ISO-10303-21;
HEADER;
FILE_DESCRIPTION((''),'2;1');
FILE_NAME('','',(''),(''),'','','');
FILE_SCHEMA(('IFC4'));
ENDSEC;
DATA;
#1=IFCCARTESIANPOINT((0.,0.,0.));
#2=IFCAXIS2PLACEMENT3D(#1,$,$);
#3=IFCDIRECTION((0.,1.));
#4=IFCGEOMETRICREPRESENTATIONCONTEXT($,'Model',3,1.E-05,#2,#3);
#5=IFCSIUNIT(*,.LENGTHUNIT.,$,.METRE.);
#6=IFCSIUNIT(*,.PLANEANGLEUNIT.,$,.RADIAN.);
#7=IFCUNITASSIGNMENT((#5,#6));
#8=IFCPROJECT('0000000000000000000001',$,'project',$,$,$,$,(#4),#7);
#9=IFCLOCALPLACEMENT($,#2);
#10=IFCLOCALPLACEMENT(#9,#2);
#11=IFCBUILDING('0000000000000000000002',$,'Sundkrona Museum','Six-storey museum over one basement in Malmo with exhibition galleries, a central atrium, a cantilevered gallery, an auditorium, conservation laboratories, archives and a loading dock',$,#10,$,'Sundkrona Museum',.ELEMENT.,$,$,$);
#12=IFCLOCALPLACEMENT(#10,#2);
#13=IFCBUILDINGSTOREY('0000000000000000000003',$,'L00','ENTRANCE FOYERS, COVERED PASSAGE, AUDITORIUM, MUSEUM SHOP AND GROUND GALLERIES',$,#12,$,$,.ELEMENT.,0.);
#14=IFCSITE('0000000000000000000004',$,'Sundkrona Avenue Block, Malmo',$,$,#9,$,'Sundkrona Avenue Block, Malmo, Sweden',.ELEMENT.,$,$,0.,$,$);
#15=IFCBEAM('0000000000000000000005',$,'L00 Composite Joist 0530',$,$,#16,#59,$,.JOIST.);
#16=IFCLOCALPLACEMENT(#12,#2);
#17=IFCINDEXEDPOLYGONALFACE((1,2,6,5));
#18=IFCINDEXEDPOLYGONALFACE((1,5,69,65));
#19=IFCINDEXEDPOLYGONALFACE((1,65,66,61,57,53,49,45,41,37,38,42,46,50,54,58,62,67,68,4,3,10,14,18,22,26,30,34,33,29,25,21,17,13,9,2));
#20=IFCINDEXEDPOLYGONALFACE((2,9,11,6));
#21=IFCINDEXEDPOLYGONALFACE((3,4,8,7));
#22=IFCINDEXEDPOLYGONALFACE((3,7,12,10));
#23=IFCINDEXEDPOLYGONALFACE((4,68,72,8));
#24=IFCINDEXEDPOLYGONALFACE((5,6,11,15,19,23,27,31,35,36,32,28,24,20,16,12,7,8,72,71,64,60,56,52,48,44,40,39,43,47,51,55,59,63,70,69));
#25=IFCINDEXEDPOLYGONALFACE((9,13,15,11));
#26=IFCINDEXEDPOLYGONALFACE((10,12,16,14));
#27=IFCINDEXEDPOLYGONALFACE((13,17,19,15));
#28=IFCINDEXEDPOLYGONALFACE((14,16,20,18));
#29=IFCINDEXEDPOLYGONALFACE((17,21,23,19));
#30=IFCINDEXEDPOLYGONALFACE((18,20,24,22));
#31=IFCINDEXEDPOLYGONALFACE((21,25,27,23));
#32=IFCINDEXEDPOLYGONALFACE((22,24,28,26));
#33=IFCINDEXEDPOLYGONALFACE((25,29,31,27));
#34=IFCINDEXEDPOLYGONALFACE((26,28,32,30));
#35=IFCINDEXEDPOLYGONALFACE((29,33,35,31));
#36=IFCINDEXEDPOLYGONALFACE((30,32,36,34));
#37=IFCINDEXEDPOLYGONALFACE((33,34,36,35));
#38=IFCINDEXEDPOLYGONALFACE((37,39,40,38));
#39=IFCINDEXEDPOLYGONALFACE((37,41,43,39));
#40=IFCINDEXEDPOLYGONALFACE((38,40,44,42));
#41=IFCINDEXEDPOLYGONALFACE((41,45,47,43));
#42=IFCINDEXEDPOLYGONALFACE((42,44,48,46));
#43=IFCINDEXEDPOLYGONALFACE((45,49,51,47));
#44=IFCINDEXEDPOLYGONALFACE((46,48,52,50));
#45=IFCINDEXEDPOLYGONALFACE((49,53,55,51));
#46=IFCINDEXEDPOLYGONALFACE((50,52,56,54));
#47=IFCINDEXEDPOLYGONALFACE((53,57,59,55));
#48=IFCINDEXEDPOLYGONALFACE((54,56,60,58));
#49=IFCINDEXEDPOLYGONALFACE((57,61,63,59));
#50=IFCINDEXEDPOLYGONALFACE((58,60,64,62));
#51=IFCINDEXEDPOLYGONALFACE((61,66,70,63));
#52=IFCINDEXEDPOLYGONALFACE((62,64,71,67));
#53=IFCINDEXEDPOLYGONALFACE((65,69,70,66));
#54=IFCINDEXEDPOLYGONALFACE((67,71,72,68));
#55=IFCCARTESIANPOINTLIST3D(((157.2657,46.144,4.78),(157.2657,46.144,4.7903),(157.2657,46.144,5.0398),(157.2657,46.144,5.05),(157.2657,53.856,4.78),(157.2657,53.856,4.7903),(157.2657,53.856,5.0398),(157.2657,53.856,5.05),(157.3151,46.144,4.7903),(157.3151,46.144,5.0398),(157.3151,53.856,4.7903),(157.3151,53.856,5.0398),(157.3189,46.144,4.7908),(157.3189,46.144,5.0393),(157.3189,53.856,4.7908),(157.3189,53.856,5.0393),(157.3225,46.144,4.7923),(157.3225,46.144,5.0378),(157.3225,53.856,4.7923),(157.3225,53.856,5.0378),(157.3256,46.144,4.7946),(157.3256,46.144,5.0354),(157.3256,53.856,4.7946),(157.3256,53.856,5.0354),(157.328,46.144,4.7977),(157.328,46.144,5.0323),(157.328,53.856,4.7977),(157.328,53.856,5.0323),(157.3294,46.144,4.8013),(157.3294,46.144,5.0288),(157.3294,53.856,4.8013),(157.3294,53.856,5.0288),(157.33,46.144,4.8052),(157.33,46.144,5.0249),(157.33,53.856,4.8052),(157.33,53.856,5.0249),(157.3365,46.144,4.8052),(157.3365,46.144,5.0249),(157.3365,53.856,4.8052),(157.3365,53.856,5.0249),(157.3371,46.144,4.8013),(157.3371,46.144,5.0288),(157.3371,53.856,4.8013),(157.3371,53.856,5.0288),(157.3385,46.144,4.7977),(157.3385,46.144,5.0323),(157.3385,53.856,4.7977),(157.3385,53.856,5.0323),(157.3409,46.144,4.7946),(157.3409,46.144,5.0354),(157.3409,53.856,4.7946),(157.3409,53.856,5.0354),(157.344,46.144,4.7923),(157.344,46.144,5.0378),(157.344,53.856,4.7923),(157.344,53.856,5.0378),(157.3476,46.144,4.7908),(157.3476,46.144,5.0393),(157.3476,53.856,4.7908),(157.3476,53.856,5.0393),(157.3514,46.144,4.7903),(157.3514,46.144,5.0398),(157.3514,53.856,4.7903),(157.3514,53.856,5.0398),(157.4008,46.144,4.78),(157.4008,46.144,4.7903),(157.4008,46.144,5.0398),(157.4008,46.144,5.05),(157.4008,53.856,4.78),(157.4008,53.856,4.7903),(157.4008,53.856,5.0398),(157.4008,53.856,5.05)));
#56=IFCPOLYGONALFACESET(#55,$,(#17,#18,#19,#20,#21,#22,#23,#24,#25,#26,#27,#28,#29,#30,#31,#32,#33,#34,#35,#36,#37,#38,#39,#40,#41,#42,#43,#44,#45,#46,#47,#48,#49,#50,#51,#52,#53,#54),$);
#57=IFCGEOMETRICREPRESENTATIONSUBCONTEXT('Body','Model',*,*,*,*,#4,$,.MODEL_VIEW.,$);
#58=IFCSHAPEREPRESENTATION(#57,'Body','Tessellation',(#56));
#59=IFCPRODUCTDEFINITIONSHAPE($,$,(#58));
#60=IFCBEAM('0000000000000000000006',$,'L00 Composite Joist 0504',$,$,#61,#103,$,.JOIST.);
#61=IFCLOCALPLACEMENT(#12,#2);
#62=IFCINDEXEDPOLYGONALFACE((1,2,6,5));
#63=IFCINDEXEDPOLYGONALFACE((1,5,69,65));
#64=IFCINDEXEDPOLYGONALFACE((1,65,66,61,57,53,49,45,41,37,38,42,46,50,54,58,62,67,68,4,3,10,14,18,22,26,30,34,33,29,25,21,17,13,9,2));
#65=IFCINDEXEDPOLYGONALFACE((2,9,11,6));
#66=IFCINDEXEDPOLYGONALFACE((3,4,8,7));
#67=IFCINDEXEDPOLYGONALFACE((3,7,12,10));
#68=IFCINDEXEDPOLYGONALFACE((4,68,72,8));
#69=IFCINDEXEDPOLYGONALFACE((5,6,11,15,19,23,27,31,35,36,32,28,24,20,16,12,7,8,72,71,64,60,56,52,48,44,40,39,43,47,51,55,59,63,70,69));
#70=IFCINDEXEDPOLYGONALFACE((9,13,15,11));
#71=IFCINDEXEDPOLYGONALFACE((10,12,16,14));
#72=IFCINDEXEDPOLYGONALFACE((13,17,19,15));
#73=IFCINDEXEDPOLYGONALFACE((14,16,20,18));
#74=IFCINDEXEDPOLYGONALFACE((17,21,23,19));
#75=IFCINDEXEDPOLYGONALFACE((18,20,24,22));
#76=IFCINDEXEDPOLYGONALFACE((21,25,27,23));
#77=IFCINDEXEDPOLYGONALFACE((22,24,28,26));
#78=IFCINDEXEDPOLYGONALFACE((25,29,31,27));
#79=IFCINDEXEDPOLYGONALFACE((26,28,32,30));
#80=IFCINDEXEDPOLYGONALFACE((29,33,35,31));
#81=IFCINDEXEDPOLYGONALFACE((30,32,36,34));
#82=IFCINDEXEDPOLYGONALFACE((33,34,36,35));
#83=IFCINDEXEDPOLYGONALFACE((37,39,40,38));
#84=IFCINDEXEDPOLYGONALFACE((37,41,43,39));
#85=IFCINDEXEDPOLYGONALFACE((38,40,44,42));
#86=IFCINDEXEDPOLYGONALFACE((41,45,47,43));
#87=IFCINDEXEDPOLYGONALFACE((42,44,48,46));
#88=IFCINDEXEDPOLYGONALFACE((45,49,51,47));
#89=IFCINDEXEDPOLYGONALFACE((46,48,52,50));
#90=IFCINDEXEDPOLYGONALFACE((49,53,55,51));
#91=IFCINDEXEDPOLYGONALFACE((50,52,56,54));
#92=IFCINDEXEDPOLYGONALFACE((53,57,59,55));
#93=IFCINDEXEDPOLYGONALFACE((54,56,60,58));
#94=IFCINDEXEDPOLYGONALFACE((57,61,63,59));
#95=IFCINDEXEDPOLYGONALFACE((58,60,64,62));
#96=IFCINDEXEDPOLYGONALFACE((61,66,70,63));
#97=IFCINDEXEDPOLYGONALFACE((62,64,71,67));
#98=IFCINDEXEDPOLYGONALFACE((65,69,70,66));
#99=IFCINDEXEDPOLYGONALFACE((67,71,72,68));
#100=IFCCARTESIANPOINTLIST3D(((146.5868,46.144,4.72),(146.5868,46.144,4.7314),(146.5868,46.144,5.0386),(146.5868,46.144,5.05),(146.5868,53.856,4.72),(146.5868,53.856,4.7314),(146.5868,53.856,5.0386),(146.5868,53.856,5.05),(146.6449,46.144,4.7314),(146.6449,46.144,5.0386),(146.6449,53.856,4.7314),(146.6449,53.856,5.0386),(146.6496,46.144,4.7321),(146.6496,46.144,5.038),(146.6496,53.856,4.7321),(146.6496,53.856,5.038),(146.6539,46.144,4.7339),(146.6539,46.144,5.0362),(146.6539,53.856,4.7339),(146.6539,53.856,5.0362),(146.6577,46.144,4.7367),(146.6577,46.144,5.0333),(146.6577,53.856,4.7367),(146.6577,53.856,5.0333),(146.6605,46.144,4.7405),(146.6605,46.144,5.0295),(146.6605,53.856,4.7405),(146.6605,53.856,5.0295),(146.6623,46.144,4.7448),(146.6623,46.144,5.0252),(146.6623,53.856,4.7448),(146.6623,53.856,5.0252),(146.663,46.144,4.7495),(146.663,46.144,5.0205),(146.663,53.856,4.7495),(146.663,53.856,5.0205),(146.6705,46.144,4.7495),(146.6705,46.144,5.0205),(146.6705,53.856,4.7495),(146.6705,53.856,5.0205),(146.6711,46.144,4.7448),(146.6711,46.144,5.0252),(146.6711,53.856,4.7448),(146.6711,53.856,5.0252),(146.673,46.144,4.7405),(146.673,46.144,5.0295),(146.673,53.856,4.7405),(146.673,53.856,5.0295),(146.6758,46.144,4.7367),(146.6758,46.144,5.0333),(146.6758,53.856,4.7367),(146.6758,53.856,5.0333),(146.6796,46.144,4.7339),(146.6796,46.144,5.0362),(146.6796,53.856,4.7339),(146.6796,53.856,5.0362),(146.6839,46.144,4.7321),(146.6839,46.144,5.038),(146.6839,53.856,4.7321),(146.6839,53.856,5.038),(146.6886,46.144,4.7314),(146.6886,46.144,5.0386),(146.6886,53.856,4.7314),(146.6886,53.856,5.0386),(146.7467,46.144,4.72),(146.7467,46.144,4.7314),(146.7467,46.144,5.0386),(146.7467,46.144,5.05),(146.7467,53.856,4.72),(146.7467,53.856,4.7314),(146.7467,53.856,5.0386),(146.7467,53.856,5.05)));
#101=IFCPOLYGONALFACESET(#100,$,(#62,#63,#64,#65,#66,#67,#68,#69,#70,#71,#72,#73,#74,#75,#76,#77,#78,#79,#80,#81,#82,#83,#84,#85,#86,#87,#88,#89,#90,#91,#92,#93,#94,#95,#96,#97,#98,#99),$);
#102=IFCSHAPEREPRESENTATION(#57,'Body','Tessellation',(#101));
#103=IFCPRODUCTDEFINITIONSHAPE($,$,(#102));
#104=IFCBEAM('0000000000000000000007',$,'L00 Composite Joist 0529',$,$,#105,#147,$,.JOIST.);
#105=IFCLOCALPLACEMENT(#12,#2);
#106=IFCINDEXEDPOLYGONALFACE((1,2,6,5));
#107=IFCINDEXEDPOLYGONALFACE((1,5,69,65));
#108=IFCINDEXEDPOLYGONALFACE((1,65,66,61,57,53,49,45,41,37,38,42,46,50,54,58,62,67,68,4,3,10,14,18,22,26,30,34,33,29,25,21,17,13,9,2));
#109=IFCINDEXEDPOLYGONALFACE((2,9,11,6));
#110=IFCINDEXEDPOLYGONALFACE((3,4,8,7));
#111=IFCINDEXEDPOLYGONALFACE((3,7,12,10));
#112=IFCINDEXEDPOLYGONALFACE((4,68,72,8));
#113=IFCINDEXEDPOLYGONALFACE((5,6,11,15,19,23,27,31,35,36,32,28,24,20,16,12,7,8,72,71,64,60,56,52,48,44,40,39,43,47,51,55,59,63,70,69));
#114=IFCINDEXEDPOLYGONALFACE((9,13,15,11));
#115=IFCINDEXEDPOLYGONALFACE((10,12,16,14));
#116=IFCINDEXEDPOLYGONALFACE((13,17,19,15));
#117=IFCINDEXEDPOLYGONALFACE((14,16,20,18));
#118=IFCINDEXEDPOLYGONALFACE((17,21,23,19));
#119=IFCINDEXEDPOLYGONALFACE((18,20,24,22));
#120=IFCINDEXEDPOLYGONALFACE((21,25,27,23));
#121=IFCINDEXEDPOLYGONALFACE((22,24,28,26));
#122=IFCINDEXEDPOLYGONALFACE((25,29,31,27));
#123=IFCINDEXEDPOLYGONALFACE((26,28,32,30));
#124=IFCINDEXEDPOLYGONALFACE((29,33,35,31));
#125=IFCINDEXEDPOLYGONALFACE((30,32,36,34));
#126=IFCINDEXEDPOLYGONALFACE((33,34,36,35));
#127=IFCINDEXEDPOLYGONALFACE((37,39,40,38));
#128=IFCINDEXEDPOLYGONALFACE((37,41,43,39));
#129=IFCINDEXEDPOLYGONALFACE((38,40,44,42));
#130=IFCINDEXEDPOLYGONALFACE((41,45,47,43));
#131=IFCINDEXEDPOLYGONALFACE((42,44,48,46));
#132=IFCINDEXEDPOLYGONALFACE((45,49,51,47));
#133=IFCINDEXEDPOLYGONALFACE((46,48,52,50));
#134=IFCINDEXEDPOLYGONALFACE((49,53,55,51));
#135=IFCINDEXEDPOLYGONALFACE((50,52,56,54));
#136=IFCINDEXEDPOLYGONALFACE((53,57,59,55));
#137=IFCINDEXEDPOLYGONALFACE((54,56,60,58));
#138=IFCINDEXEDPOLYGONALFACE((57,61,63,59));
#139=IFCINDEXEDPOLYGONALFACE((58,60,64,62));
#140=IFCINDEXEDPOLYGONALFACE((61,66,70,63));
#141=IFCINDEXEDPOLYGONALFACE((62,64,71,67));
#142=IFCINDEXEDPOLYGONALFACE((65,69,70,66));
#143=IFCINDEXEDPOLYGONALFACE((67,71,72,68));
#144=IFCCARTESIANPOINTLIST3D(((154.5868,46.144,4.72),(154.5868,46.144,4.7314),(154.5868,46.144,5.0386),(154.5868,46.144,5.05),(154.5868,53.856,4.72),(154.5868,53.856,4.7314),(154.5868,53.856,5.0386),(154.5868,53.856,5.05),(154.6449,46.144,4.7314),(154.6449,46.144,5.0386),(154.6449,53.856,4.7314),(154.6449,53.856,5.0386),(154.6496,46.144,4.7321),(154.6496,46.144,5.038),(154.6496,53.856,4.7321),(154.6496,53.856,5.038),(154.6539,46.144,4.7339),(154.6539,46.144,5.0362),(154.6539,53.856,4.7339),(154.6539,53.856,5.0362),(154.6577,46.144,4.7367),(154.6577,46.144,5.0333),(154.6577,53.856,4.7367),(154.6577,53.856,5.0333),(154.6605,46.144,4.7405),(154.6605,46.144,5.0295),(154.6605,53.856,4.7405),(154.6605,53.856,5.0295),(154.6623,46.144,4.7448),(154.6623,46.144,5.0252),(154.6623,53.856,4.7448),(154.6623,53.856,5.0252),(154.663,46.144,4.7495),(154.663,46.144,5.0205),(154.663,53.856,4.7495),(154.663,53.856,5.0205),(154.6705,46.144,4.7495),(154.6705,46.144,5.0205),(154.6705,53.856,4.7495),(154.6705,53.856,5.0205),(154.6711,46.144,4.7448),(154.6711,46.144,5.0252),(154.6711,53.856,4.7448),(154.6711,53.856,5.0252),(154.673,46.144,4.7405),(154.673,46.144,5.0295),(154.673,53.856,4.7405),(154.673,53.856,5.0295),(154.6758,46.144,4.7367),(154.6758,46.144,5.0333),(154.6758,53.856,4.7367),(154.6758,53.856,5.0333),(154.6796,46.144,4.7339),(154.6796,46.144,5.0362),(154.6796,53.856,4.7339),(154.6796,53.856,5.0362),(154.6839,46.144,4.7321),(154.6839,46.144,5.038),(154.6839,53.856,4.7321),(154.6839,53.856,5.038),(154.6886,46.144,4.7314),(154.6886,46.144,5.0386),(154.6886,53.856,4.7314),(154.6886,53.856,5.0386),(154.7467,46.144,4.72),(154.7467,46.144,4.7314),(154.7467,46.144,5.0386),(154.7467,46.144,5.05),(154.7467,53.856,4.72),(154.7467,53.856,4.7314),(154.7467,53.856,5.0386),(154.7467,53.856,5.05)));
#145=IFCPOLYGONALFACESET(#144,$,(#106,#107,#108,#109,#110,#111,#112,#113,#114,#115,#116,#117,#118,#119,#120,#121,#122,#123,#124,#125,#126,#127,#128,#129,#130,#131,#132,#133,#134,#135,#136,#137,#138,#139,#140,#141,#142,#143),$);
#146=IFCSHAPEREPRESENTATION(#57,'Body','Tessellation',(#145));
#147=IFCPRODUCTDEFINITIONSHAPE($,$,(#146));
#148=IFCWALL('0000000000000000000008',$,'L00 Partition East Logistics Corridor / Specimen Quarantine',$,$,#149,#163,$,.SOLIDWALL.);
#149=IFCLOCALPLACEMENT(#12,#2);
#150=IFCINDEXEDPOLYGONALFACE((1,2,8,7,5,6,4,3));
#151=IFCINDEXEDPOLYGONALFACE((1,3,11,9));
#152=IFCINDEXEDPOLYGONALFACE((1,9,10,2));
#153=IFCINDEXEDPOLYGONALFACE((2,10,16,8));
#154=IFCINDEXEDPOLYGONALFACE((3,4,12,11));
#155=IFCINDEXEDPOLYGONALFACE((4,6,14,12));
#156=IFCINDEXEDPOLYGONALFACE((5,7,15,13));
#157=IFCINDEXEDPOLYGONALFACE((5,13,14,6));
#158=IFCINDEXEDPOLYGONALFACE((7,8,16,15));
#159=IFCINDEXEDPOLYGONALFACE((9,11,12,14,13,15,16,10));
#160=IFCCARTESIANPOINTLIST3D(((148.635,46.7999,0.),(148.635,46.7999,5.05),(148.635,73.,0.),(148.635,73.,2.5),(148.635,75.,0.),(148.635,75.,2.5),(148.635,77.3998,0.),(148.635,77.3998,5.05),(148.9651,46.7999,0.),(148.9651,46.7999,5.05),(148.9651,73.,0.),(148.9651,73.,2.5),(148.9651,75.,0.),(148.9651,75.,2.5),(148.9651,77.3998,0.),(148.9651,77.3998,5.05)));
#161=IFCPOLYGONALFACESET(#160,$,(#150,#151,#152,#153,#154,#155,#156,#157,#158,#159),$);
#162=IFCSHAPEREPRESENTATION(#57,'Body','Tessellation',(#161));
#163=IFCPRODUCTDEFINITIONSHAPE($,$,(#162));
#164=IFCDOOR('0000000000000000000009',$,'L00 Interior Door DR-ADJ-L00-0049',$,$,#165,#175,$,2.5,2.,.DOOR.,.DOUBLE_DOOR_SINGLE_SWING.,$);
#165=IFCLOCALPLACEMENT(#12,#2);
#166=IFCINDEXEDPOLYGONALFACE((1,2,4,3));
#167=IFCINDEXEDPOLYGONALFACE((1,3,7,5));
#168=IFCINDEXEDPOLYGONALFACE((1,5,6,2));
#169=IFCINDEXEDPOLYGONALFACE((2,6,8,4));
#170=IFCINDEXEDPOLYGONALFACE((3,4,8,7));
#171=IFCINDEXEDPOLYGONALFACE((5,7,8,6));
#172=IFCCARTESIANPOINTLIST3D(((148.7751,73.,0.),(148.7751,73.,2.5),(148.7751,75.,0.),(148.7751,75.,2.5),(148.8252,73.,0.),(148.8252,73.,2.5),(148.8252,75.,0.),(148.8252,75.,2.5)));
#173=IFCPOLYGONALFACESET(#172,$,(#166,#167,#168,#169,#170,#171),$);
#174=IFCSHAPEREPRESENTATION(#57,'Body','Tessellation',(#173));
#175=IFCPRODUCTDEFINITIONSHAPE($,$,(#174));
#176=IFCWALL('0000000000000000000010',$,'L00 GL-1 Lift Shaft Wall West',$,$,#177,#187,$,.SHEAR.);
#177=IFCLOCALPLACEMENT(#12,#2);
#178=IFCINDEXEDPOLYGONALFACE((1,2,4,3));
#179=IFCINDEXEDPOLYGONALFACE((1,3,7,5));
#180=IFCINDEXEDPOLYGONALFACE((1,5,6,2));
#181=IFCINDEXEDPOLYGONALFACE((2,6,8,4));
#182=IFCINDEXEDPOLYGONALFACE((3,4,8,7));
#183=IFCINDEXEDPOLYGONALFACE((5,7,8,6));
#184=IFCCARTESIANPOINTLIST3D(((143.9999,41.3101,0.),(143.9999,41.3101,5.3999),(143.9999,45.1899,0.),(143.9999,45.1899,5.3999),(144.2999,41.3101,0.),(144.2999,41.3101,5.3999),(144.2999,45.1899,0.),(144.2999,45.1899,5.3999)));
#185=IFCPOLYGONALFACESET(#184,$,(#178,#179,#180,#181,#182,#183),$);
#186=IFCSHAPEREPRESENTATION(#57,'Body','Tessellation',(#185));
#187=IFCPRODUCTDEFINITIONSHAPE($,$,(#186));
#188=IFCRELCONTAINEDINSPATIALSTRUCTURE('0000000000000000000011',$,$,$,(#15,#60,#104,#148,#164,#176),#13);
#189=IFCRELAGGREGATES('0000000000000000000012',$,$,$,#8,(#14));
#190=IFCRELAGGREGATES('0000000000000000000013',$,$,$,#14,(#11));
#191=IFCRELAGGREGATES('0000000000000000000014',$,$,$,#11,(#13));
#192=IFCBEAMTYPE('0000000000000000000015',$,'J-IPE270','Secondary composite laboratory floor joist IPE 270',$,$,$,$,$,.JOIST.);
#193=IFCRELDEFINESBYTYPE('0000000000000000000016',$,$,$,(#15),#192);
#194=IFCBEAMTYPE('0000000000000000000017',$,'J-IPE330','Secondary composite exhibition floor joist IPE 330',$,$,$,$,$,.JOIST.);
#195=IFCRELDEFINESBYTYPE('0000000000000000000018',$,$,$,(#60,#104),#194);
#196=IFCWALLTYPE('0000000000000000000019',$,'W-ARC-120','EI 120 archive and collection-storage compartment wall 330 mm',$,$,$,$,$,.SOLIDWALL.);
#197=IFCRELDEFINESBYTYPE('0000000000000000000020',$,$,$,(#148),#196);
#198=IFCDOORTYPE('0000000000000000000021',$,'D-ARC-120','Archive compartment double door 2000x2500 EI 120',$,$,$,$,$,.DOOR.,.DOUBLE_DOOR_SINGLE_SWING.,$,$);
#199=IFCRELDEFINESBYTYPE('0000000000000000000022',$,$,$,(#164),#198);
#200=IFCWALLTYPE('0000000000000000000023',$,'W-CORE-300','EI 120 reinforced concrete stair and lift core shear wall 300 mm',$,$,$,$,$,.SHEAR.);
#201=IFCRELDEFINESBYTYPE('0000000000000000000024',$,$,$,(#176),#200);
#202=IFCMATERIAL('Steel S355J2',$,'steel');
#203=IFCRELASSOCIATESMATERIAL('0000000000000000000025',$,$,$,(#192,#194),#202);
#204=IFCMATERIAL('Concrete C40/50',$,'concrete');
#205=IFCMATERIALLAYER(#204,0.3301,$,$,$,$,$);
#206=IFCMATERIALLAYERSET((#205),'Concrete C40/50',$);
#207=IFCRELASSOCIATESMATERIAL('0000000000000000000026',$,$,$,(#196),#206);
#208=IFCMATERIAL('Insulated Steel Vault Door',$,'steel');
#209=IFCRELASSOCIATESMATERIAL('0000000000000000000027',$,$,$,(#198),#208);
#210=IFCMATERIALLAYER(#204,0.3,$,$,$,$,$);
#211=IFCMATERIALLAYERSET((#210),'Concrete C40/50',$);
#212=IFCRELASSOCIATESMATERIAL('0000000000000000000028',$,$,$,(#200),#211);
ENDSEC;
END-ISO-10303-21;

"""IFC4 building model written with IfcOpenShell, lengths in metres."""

from ifc_helpers import new_model, si_unit, direction, frame, frame_2d, origin, origin_2d, place, context, subcontext, project, spatial, rectangle, i_section, extrude, material, layer, layer_set, material_profile, profile_set, type_object, element, fill, save


model = new_model("IFC4")

# Units and contexts
model_context = context("Model", 3, precision=1e-05, world=origin(), true_north=direction((0.0, 1.0)))
body_context = subcontext(model_context, "Body", "Model", "MODEL_VIEW")
ifc_project = project(units=[si_unit("LENGTHUNIT", "METRE"), si_unit("PLANEANGLEUNIT", "RADIAN")], contexts=[model_context])

# Site, building, storey
site_placement = place(None, origin())
site = spatial("IfcSite", under=ifc_project, at=site_placement, Name="Sundkrona Avenue Block, Malmo", LongName="Sundkrona Avenue Block, Malmo, Sweden", CompositionType="ELEMENT", RefElevation=0.0)
building_placement = place(site_placement, origin())
building = spatial("IfcBuilding", under=site, at=building_placement, Name="Sundkrona Museum", Description="Six-storey museum over one basement in Malmo with exhibition galleries, a central atrium, a cantilevered gallery, an auditorium, conservation laboratories, archives and a loading dock", LongName="Sundkrona Museum", CompositionType="ELEMENT")
storey_placement = place(building_placement, origin())
storey = spatial("IfcBuildingStorey", under=building, at=storey_placement, Name="L00", Description="ENTRANCE FOYERS, COVERED PASSAGE, AUDITORIUM, MUSEUM SHOP AND GROUND GALLERIES", CompositionType="ELEMENT", Elevation=0.0)

# Shared definitions
ifc_material_1 = material(Name="Steel S355J2", Category="steel")

# Beams
ifc_material_profile_1 = material_profile(ifc_material_1, i_section(OverallWidth=0.135, OverallDepth=0.27, WebThickness=0.0066, FlangeThickness=0.0103, FilletRadius=0.0149, at=origin_2d()), Name="IPE 270")
ifc_profile_set_1 = profile_set([ifc_material_profile_1], Name="Steel S355J2")
beam_type_1 = type_object("IfcBeamType", Name="J-IPE270", Description="Secondary composite laboratory floor joist IPE 270", PredefinedType="JOIST", material=ifc_profile_set_1)
beam_1_placement = place(storey_placement, frame((157.3333, 46.144, 4.915), z_axis=(0.0, 1.0, 0.0), x_axis=(-1.0, 0.0, 0.0)))
element("IfcBeam", 1, at=beam_1_placement, inside=storey, type_object=beam_type_1, Name="L00 Composite Joist 0530", PredefinedType="JOIST", context=body_context, shape_type="SweptSolid", body=[
    extrude(i_section(OverallWidth=0.135, OverallDepth=0.27, WebThickness=0.0066, FlangeThickness=0.0103, FilletRadius=0.0149, at=origin_2d()), origin(), (0.0, 0.0, 1.0), 7.7119),
])
ifc_material_profile_2 = material_profile(ifc_material_1, i_section(OverallWidth=0.1599, OverallDepth=0.3301, WebThickness=0.0076, FlangeThickness=0.0115, FilletRadius=0.0181, at=origin_2d()), Name="IPE 330")
ifc_profile_set_2 = profile_set([ifc_material_profile_2], Name="Steel S355J2")
beam_type_2 = type_object("IfcBeamType", Name="J-IPE330", Description="Secondary composite exhibition floor joist IPE 330", PredefinedType="JOIST", material=ifc_profile_set_2)
for number, where, z_axis, x_axis, name in (
    (2, (146.6667, 46.144, 4.885), (0.0, 1.0, 0.0), (-1.0, 0.0, 0.0), "L00 Composite Joist 0504"),
    (3, (154.6667, 46.144, 4.885), (0.0, 1.0, 0.0), (-1.0, 0.0, 0.0), "L00 Composite Joist 0529"),
):
    element("IfcBeam", number, at=place(storey_placement, frame(where, z_axis=z_axis, x_axis=x_axis)), inside=storey, type_object=beam_type_2, Name=name, PredefinedType="JOIST", context=body_context, shape_type="SweptSolid", body=[
        extrude(i_section(OverallWidth=0.1599, OverallDepth=0.3301, WebThickness=0.0076, FlangeThickness=0.0115, FilletRadius=0.0181, at=origin_2d()), origin(), (0.0, 0.0, 1.0), 7.7119),
    ])

# Wall, opening, door
ifc_material_2 = material(Name="Concrete C40/50", Category="concrete")
ifc_layer_1 = layer(ifc_material_2, 0.3301)
ifc_layer_set_1 = layer_set([ifc_layer_1], Name="Concrete C40/50")
wall_type_1 = type_object("IfcWallType", Name="W-ARC-120", Description="EI 120 archive and collection-storage compartment wall 330 mm", PredefinedType="SOLIDWALL", material=ifc_layer_set_1)
wall_1_placement = place(storey_placement, frame((148.8, 46.8, 0.0), z_axis=(0.0, 0.0, 1.0), x_axis=(0.0, 1.0, 0.0)))
wall_1 = element("IfcWall", 4, at=wall_1_placement, inside=storey, type_object=wall_type_1, Name="L00 Partition East Logistics Corridor / Specimen Quarantine", PredefinedType="SOLIDWALL", context=body_context, shape_type="SweptSolid", body=[
    extrude(rectangle(XDim=30.5999, YDim=0.3301, at=frame_2d((15.2998, 0.0))), origin(), (0.0, 0.0, 1.0), 5.05),
])
opening_1_placement = place(wall_1_placement, frame((26.2, 0.0, 0.0)))
opening_1 = element("IfcOpeningElement", 5, at=opening_1_placement, cuts=wall_1, PredefinedType="OPENING", context=body_context, shape_type="SweptSolid", body=[
    extrude(rectangle(XDim=2.0, YDim=2.5, at=frame_2d((1.0, 1.25))), frame((0.0, 0.175, 0.0), z_axis=(0.0, -1.0, 0.0), x_axis=(1.0, 0.0, 0.0)), (0.0, 0.0, 1.0), 0.3501),
])
ifc_material_3 = material(Name="Insulated Steel Vault Door", Category="steel")
door_type_1 = type_object("IfcDoorType", Name="D-ARC-120", Description="Archive compartment double door 2000x2500 EI 120", OperationType="DOUBLE_DOOR_SINGLE_SWING", PredefinedType="DOOR", material=ifc_material_3)
door_1_placement = place(opening_1_placement, origin())
door_1 = element("IfcDoor", 6, at=door_1_placement, inside=storey, type_object=door_type_1, Name="L00 Interior Door DR-ADJ-L00-0049", OperationType="DOUBLE_DOOR_SINGLE_SWING", OverallHeight=2.5, OverallWidth=2.0, PredefinedType="DOOR", context=body_context, shape_type="SweptSolid", body=[
    extrude(rectangle(XDim=2.0, YDim=2.5, at=frame_2d((1.0, 1.25))), frame((0.0, 0.0249, 0.0), z_axis=(0.0, -1.0, 0.0), x_axis=(1.0, 0.0, 0.0)), (0.0, 0.0, 1.0), 0.05),
])
fill(opening_1, door_1)

# Wall
ifc_layer_2 = layer(ifc_material_2, 0.3)
ifc_layer_set_2 = layer_set([ifc_layer_2], Name="Concrete C40/50")
wall_type_2 = type_object("IfcWallType", Name="W-CORE-300", Description="EI 120 reinforced concrete stair and lift core shear wall 300 mm", PredefinedType="SHEAR", material=ifc_layer_set_2)
for number, where, z_axis, x_axis, name in (
    (7, (144.1499, 41.3101, 0.0), (0.0, 0.0, 1.0), (0.0, 1.0, 0.0), "L00 GL-1 Lift Shaft Wall West"),
):
    element("IfcWall", number, at=place(storey_placement, frame(where, z_axis=z_axis, x_axis=x_axis)), inside=storey, type_object=wall_type_2, Name=name, PredefinedType="SHEAR", context=body_context, shape_type="SweptSolid", body=[
        extrude(rectangle(XDim=3.8799, YDim=0.3, at=frame_2d((1.9399, 0.0))), origin(), (0.0, 0.0, 1.0), 5.3999),
    ])

save(model, "model.ifc")
